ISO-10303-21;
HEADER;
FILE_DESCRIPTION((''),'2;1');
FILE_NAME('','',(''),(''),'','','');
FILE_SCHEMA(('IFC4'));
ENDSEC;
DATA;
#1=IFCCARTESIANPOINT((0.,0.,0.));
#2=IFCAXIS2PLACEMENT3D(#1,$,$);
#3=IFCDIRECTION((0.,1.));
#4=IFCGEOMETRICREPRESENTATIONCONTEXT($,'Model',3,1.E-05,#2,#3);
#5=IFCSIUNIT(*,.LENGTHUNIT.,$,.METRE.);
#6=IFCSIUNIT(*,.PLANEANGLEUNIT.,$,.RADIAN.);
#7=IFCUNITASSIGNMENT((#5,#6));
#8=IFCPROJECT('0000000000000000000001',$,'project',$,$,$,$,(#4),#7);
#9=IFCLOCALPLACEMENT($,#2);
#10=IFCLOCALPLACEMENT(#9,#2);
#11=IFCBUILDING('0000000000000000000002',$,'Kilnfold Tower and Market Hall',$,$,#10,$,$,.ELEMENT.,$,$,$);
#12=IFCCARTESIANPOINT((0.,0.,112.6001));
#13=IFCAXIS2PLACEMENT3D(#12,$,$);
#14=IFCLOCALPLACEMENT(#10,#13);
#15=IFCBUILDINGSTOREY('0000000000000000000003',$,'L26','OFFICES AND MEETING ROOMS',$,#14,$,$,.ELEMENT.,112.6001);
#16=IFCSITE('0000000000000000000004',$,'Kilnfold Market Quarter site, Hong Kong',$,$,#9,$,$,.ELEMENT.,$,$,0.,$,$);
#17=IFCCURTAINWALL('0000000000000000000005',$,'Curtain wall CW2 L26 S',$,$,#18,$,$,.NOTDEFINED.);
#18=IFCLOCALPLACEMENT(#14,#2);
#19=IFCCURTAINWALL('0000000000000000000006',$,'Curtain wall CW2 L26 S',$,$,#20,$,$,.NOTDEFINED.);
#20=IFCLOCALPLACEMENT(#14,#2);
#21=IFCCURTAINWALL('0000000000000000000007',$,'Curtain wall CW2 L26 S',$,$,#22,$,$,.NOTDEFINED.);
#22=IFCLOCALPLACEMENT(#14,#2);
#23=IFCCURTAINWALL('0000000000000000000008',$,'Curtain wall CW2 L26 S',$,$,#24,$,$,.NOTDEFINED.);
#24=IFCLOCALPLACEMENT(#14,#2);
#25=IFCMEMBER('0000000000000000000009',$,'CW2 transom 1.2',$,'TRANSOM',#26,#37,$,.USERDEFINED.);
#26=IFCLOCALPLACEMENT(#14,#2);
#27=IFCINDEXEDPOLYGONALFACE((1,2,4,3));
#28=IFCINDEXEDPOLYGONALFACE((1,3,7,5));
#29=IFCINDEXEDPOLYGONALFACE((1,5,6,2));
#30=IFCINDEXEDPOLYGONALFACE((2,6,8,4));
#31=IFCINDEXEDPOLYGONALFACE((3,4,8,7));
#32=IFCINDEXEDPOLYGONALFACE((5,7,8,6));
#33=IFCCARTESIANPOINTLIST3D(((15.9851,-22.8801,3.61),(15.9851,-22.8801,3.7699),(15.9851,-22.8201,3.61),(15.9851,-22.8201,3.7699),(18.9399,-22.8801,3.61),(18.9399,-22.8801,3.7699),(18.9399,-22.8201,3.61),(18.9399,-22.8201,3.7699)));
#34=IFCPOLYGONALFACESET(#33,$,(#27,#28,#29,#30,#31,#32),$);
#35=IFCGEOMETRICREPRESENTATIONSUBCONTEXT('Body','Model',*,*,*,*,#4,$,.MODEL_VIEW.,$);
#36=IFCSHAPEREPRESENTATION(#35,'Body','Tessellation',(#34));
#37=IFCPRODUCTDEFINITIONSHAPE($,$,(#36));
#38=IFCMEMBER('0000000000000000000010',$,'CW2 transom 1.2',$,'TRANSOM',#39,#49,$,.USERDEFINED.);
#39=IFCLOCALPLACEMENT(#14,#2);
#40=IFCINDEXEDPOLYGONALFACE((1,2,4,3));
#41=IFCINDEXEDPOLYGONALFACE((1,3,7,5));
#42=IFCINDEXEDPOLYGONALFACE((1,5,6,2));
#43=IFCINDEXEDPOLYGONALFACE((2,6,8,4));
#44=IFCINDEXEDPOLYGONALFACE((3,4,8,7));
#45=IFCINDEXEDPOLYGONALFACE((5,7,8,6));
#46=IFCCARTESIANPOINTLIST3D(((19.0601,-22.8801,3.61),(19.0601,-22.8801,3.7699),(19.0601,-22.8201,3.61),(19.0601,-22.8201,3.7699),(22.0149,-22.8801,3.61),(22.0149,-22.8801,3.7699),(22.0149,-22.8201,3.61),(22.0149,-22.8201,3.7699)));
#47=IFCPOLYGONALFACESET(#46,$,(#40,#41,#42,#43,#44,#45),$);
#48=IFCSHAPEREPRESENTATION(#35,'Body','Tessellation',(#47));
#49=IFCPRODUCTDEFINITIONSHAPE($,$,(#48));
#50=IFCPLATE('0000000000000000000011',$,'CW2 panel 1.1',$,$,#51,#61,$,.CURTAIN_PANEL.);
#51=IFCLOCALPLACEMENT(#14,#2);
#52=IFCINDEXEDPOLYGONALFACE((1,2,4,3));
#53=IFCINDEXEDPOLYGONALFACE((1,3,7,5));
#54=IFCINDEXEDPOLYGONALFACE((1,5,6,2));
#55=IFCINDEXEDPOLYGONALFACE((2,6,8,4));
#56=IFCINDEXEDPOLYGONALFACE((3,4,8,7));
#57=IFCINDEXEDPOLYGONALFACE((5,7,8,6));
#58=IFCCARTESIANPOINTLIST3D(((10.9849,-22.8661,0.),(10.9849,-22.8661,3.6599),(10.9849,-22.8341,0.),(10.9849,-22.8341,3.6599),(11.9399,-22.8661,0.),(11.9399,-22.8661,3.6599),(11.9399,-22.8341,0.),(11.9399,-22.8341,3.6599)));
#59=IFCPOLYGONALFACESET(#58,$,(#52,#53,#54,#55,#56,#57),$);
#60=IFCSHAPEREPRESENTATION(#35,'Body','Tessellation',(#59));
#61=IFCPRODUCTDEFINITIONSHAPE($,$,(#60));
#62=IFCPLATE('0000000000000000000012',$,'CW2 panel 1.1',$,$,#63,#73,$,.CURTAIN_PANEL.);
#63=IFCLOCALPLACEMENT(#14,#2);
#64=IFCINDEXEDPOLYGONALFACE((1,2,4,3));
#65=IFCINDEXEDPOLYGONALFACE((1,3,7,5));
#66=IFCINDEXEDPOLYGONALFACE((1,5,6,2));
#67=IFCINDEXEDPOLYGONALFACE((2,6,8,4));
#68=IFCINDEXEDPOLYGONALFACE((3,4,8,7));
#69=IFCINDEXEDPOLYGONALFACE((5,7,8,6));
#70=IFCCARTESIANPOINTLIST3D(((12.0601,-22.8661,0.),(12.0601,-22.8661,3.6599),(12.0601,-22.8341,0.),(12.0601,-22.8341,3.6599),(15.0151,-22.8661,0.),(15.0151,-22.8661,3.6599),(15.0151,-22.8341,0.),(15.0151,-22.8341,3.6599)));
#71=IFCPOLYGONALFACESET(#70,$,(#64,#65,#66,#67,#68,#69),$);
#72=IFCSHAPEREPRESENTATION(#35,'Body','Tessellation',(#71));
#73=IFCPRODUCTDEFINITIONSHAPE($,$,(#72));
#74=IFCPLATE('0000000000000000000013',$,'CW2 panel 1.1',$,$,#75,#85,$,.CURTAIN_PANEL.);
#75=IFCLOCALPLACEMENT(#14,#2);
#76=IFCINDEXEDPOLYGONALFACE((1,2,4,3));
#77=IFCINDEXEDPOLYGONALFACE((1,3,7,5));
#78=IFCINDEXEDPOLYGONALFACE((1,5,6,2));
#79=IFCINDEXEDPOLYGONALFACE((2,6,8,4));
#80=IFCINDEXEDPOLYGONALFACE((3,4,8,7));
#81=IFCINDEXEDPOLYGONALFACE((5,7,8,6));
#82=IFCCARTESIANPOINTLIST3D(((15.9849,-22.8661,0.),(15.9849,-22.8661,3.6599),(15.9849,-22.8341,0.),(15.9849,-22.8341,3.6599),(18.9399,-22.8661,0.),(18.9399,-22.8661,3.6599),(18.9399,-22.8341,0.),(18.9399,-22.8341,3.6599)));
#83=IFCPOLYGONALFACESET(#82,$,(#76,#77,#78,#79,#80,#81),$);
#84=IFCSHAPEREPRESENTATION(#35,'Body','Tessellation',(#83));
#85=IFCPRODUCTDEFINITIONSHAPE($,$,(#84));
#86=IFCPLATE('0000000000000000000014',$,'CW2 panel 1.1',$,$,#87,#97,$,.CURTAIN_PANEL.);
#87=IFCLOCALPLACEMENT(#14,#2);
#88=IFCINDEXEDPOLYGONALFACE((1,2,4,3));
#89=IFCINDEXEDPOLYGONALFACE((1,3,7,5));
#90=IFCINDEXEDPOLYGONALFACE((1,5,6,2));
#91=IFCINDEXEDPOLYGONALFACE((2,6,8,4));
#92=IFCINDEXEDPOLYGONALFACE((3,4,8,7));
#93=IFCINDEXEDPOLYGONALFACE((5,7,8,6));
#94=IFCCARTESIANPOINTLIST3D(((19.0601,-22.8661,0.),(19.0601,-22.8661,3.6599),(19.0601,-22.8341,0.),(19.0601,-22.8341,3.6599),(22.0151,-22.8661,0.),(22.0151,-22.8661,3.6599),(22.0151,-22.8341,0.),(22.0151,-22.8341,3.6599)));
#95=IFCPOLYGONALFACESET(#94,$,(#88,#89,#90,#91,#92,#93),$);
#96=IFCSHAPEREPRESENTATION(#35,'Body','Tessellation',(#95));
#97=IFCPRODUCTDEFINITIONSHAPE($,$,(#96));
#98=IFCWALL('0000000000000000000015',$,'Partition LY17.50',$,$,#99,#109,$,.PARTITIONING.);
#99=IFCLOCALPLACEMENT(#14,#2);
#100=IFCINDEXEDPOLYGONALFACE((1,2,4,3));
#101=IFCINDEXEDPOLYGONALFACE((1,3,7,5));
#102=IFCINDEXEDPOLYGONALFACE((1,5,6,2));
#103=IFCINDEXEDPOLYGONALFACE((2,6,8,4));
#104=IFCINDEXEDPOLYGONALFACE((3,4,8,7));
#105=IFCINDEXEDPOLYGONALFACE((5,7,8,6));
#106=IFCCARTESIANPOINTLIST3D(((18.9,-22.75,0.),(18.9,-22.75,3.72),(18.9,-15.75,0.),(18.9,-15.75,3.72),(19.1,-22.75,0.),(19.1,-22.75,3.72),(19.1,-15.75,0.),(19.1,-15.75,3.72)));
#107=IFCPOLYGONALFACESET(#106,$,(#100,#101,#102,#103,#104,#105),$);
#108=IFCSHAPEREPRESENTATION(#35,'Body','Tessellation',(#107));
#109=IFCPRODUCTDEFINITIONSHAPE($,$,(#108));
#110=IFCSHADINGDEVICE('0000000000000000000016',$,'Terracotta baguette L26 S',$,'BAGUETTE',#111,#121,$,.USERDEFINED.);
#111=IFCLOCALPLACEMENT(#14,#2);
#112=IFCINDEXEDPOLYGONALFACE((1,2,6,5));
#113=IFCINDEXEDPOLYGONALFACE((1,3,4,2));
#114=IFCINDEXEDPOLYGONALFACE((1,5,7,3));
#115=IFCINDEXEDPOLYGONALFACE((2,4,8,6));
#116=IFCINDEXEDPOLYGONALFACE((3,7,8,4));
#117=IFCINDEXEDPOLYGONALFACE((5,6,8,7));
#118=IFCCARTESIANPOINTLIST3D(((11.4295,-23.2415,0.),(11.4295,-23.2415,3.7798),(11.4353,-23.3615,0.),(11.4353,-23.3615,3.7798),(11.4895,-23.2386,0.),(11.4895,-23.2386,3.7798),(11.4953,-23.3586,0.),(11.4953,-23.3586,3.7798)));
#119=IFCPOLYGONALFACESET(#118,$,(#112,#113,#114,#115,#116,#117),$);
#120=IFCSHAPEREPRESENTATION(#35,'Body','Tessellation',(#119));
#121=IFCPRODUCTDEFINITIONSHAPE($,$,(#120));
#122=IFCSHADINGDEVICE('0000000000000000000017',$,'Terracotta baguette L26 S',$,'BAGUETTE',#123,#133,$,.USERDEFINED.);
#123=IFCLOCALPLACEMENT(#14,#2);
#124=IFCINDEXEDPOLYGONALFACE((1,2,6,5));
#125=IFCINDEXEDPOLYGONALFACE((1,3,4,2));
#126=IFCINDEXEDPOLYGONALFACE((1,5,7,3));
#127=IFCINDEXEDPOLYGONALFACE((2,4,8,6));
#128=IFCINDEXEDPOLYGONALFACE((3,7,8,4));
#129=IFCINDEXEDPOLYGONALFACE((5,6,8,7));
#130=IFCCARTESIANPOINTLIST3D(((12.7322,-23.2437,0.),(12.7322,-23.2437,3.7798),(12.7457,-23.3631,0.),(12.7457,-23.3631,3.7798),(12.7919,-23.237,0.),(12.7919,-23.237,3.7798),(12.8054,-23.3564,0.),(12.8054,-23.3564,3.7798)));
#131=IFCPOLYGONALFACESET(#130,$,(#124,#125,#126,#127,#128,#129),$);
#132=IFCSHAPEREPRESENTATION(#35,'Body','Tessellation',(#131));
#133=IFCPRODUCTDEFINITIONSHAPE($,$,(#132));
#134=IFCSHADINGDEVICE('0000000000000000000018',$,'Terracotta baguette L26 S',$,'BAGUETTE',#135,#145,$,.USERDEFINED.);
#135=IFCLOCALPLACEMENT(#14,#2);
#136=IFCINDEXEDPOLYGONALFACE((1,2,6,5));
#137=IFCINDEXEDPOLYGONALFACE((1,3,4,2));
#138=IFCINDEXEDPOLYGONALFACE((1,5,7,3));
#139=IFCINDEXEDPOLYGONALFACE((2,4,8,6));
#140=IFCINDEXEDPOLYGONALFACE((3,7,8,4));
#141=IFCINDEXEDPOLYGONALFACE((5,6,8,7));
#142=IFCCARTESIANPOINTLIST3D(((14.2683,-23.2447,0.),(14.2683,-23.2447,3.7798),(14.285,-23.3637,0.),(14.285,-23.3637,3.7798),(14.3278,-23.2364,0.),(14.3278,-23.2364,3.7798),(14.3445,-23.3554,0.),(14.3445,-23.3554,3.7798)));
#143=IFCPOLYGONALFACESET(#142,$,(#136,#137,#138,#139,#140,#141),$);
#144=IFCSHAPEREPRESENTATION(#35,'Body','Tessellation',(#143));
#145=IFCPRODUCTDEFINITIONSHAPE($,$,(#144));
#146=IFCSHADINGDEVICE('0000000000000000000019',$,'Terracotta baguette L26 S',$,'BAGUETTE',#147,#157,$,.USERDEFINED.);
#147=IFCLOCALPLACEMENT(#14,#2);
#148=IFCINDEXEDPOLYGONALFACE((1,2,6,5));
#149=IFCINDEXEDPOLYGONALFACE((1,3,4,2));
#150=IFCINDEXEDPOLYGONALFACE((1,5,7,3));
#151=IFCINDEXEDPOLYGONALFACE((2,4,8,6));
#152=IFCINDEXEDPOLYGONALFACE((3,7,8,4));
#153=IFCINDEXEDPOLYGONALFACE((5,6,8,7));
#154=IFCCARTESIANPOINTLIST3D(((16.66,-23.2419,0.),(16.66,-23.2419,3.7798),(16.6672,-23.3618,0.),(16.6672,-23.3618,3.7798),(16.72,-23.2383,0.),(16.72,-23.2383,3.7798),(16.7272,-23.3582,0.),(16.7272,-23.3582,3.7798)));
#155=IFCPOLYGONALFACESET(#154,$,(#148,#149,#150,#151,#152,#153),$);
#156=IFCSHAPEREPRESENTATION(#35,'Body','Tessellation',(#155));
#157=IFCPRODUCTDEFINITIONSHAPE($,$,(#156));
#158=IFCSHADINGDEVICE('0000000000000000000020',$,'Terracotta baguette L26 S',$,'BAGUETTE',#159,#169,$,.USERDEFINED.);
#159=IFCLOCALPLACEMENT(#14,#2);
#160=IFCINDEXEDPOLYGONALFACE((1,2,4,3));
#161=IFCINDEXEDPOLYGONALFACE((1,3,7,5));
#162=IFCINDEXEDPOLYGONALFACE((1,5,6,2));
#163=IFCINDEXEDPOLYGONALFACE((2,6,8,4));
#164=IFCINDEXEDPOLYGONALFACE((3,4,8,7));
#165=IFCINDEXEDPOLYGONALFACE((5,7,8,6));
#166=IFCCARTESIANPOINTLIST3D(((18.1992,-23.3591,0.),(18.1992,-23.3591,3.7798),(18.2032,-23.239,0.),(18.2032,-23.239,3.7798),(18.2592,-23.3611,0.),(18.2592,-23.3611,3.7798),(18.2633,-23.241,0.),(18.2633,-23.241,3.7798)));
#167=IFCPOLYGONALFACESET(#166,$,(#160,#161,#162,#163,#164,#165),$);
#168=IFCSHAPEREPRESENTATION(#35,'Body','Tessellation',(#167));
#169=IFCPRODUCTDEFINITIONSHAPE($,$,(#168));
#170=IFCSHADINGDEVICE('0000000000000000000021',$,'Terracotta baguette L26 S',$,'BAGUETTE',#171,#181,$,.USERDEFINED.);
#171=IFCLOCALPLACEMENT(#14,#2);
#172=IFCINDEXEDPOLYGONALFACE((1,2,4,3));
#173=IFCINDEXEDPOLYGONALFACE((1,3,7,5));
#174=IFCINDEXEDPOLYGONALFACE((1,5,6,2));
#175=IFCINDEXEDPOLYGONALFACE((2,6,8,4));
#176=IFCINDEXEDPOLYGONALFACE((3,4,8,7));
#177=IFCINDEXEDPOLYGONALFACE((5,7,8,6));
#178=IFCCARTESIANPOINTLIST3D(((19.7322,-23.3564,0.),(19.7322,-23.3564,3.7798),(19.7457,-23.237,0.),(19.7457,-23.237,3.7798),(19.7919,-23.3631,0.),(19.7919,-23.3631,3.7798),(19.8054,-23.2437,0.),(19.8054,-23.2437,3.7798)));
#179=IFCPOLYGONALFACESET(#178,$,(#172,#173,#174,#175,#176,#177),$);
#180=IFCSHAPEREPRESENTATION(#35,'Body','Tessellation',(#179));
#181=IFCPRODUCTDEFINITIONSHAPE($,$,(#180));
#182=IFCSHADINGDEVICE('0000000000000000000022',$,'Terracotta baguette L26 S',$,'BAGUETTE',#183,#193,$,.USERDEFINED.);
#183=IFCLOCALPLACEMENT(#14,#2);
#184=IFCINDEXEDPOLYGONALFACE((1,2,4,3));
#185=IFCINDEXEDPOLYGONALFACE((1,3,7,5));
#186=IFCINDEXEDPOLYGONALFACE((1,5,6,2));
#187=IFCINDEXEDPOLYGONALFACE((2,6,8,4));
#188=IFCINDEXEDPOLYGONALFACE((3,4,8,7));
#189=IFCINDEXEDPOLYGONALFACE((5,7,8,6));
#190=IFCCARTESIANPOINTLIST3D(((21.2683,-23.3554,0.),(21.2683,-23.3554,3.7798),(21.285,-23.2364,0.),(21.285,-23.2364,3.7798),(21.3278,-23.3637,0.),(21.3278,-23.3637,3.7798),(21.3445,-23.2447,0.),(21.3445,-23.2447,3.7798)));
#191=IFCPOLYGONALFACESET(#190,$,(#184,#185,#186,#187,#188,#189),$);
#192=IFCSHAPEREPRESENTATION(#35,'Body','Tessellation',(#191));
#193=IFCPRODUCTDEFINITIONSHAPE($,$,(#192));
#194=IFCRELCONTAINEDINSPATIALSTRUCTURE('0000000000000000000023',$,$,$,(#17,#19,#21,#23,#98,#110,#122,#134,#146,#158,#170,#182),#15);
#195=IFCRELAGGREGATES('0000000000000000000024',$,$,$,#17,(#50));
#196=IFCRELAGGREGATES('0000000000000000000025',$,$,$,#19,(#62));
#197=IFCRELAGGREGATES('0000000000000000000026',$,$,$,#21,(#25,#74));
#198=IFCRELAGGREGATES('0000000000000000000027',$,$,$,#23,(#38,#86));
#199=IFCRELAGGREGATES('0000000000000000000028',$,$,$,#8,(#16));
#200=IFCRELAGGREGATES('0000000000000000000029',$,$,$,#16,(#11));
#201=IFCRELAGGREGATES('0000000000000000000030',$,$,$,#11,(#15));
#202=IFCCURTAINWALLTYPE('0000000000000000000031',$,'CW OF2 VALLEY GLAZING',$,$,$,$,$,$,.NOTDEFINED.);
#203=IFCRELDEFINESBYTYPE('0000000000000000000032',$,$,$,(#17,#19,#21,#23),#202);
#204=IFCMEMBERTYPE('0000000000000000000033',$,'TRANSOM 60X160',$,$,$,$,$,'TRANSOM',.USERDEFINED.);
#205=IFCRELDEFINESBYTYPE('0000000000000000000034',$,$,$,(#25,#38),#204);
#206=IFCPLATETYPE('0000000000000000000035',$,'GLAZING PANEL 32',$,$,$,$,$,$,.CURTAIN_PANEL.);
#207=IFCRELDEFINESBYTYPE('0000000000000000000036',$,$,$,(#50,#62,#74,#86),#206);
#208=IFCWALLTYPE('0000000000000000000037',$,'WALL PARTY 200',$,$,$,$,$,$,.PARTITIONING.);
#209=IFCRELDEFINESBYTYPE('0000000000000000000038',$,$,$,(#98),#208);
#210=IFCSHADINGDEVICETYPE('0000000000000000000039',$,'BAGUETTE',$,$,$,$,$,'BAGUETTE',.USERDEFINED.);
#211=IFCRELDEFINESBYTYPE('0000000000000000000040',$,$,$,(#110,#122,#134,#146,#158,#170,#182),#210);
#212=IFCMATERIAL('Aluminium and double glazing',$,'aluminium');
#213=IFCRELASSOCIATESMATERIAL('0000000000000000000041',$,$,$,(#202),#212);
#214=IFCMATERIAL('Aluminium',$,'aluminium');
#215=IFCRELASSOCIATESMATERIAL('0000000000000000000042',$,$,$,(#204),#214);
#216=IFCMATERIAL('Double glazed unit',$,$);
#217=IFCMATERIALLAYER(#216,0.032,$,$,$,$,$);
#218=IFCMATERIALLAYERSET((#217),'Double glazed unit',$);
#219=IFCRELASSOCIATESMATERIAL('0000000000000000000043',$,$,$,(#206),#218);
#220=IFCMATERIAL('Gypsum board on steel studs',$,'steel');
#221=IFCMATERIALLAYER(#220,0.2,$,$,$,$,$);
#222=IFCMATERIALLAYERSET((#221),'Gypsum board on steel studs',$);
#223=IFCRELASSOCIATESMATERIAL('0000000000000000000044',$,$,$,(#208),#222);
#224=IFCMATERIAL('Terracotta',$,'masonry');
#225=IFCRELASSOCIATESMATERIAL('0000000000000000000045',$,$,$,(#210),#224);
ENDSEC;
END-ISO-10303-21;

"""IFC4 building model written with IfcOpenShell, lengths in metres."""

from ifc_helpers import new_model, si_unit, direction, frame, frame_2d, origin, origin_2d, place, context, subcontext, project, spatial, rectangle, extrude, source, transform, mapped, material, layer, layer_set, material_profile, profile_set, type_object, element, aggregate, save


model = new_model("IFC4")

# Units and contexts
model_context = context("Model", 3, precision=1e-05, world=origin(), true_north=direction((0.0, 1.0)))
body_context = subcontext(model_context, "Body", "Model", "MODEL_VIEW")
ifc_project = project(units=[si_unit("LENGTHUNIT", "METRE"), si_unit("PLANEANGLEUNIT", "RADIAN")], contexts=[model_context])

# Site, building, storey
site_placement = place(None, origin())
site = spatial("IfcSite", under=ifc_project, at=site_placement, Name="Kilnfold Market Quarter site, Hong Kong", CompositionType="ELEMENT", RefElevation=0.0)
building_placement = place(site_placement, origin())
building = spatial("IfcBuilding", under=site, at=building_placement, Name="Kilnfold Tower and Market Hall", CompositionType="ELEMENT")
storey_placement = place(building_placement, frame((0.0, 0.0, 112.6001)))
storey = spatial("IfcBuildingStorey", under=building, at=storey_placement, Name="L26", Description="OFFICES AND MEETING ROOMS", CompositionType="ELEMENT", Elevation=112.6001)

# Curtain walls
ifc_material_1 = material(Name="Aluminium and double glazing", Category="aluminium")
curtain_wall_type = type_object("IfcCurtainWallType", Name="CW OF2 VALLEY GLAZING", PredefinedType="NOTDEFINED", material=ifc_material_1)
curtain_wall_1_placement = place(storey_placement, origin())
curtain_wall_1 = element("IfcCurtainWall", 1, at=curtain_wall_1_placement, inside=storey, type_object=curtain_wall_type, Name="Curtain wall CW2 L26 S", PredefinedType="NOTDEFINED")
curtain_wall_2_placement = place(storey_placement, origin())
curtain_wall_2 = element("IfcCurtainWall", 2, at=curtain_wall_2_placement, inside=storey, type_object=curtain_wall_type, Name="Curtain wall CW2 L26 S", PredefinedType="NOTDEFINED")
curtain_wall_3_placement = place(storey_placement, origin())
curtain_wall_3 = element("IfcCurtainWall", 3, at=curtain_wall_3_placement, inside=storey, type_object=curtain_wall_type, Name="Curtain wall CW2 L26 S", PredefinedType="NOTDEFINED")
curtain_wall_4_placement = place(storey_placement, origin())
curtain_wall_4 = element("IfcCurtainWall", 4, at=curtain_wall_4_placement, inside=storey, type_object=curtain_wall_type, Name="Curtain wall CW2 L26 S", PredefinedType="NOTDEFINED")

# Members
ifc_material_2 = material(Name="Aluminium", Category="aluminium")
ifc_material_profile_1 = material_profile(ifc_material_2, rectangle(XDim=0.0601, YDim=0.1599, at=origin_2d()), Name="TRANSOM 60x160")
ifc_profile_set_1 = profile_set([ifc_material_profile_1], Name="Aluminium")
member_type_1 = type_object("IfcMemberType", Name="TRANSOM 60X160", ElementType="TRANSOM", PredefinedType="USERDEFINED", material=ifc_profile_set_1)
shared_shape_1 = source(origin(), body_context, "Body", "SweptSolid", [
    extrude(rectangle(XDim=0.0601, YDim=0.1599, at=origin_2d()), origin(), (0.0, 0.0, 1.0), 2.9548),
])
member_1_placement = place(storey_placement, frame((15.9851, -22.8501, 3.6899), z_axis=(1.0, 0.0, 0.0), x_axis=(0.0, 1.0, 0.0)))
member_1 = element("IfcMember", 5, at=member_1_placement, type_object=member_type_1, Name="CW2 transom 1.2", ObjectType="TRANSOM", PredefinedType="USERDEFINED", context=body_context, shape_type="MappedRepresentation", body=[
    mapped(shared_shape_1, transform((0.0, 0.0, 0.0))),
])
member_2_placement = place(storey_placement, frame((19.0601, -22.8501, 3.6899), z_axis=(1.0, 0.0, 0.0), x_axis=(0.0, 1.0, 0.0)))
member_2 = element("IfcMember", 6, at=member_2_placement, type_object=member_type_1, Name="CW2 transom 1.2", ObjectType="TRANSOM", PredefinedType="USERDEFINED", context=body_context, shape_type="MappedRepresentation", body=[
    mapped(shared_shape_1, transform((0.0, 0.0, 0.0))),
])

# Plates
ifc_material_3 = material(Name="Double glazed unit")
ifc_layer_1 = layer(ifc_material_3, 0.032)
ifc_layer_set_1 = layer_set([ifc_layer_1], Name="Double glazed unit")
plate_type = type_object("IfcPlateType", Name="GLAZING PANEL 32", PredefinedType="CURTAIN_PANEL", material=ifc_layer_set_1)
shared_shape_2 = source(origin(), body_context, "Body", "SweptSolid", [
    extrude(rectangle(XDim=0.9551, YDim=0.032, at=origin_2d()), origin(), (0.0, 0.0, 1.0), 3.6599),
])
plate_1_placement = place(storey_placement, frame((11.4624, -22.8501, 0.0), z_axis=(0.0, 0.0, 1.0), x_axis=(1.0, 0.0, 0.0)))
plate_1 = element("IfcPlate", 7, at=plate_1_placement, type_object=plate_type, Name="CW2 panel 1.1", PredefinedType="CURTAIN_PANEL", context=body_context, shape_type="MappedRepresentation", body=[
    mapped(shared_shape_2, transform((0.0, 0.0, 0.0))),
])
aggregate(curtain_wall_1, [plate_1])
shared_shape_3 = source(origin(), body_context, "Body", "SweptSolid", [
    extrude(rectangle(XDim=2.9551, YDim=0.032, at=origin_2d()), origin(), (0.0, 0.0, 1.0), 3.6599),
])
plate_2_placement = place(storey_placement, frame((13.5376, -22.8501, 0.0), z_axis=(0.0, 0.0, 1.0), x_axis=(1.0, 0.0, 0.0)))
plate_2 = element("IfcPlate", 8, at=plate_2_placement, type_object=plate_type, Name="CW2 panel 1.1", PredefinedType="CURTAIN_PANEL", context=body_context, shape_type="MappedRepresentation", body=[
    mapped(shared_shape_3, transform((0.0, 0.0, 0.0))),
])
aggregate(curtain_wall_2, [plate_2])
plate_3_placement = place(storey_placement, frame((17.4624, -22.8501, 0.0), z_axis=(0.0, 0.0, 1.0), x_axis=(1.0, 0.0, 0.0)))
plate_3 = element("IfcPlate", 9, at=plate_3_placement, type_object=plate_type, Name="CW2 panel 1.1", PredefinedType="CURTAIN_PANEL", context=body_context, shape_type="MappedRepresentation", body=[
    mapped(shared_shape_3, transform((0.0, 0.0, 0.0))),
])
aggregate(curtain_wall_3, [member_1, plate_3])
plate_4_placement = place(storey_placement, frame((20.5376, -22.8501, 0.0), z_axis=(0.0, 0.0, 1.0), x_axis=(1.0, 0.0, 0.0)))
plate_4 = element("IfcPlate", 10, at=plate_4_placement, type_object=plate_type, Name="CW2 panel 1.1", PredefinedType="CURTAIN_PANEL", context=body_context, shape_type="MappedRepresentation", body=[
    mapped(shared_shape_3, transform((0.0, 0.0, 0.0))),
])
aggregate(curtain_wall_4, [member_2, plate_4])

# Wall
ifc_material_4 = material(Name="Gypsum board on steel studs", Category="steel")
ifc_layer_2 = layer(ifc_material_4, 0.2)
ifc_layer_set_2 = layer_set([ifc_layer_2], Name="Gypsum board on steel studs")
wall_type = type_object("IfcWallType", Name="WALL PARTY 200", PredefinedType="PARTITIONING", material=ifc_layer_set_2)
wall_placement = place(storey_placement, frame((19.0, -22.75, 0.0), z_axis=(0.0, 0.0, 1.0), x_axis=(0.0, 1.0, 0.0)))
element("IfcWall", 11, at=wall_placement, inside=storey, type_object=wall_type, Name="Partition LY17.50", PredefinedType="PARTITIONING", context=body_context, shape_type="SweptSolid", body=[
    extrude(rectangle(XDim=7.0, YDim=0.2, at=frame_2d((3.5, 0.0))), origin(), (0.0, 0.0, 1.0), 3.72),
])

# Shading devices
ifc_material_5 = material(Name="Terracotta", Category="masonry")
ifc_material_profile_2 = material_profile(ifc_material_5, rectangle(XDim=0.0601, YDim=0.1201, at=origin_2d()), Name="BAG 60x120")
ifc_profile_set_2 = profile_set([ifc_material_profile_2], Name="Terracotta")
shading_device_type = type_object("IfcShadingDeviceType", Name="BAGUETTE", ElementType="BAGUETTE", PredefinedType="USERDEFINED", material=ifc_profile_set_2)
shared_shape_4 = source(origin(), body_context, "Body", "SweptSolid", [
    extrude(rectangle(XDim=0.0601, YDim=0.1201, at=origin_2d()), origin(), (0.0, 0.0, 1.0), 3.7798),
])
for number, where, z_axis, x_axis, name in (
    (12, (11.4624, -23.3, 0.0), (0.0, 0.0, 1.0), (0.998858, 0.047779, 0.0), "Terracotta baguette L26 S"),
    (13, (12.7688, -23.3, 0.0), (0.0, 0.0, 1.0), (0.99369, 0.112159, 0.0), "Terracotta baguette L26 S"),
    (14, (14.3064, -23.3, 0.0), (0.0, 0.0, 1.0), (0.990297, 0.138966, 0.0), "Terracotta baguette L26 S"),
    (15, (16.6936, -23.3, 0.0), (0.0, 0.0, 1.0), (0.998199, 0.059995, 0.0), "Terracotta baguette L26 S"),
    (16, (18.2312, -23.3, 0.0), (0.0, 0.0, 1.0), (0.999424, -0.033942, 0.0), "Terracotta baguette L26 S"),
    (17, (19.7688, -23.3, 0.0), (0.0, 0.0, 1.0), (0.99369, -0.112159, 0.0), "Terracotta baguette L26 S"),
    (18, (21.3064, -23.3, 0.0), (0.0, 0.0, 1.0), (0.990297, -0.138966, 0.0), "Terracotta baguette L26 S"),
):
    element("IfcShadingDevice", number, at=place(storey_placement, frame(where, z_axis=z_axis, x_axis=x_axis)), inside=storey, type_object=shading_device_type, Name=name, ObjectType="BAGUETTE", PredefinedType="USERDEFINED", context=body_context, shape_type="MappedRepresentation", body=[
        mapped(shared_shape_4, transform((0.0, 0.0, 0.0))),
    ])

save(model, "model.ifc")
